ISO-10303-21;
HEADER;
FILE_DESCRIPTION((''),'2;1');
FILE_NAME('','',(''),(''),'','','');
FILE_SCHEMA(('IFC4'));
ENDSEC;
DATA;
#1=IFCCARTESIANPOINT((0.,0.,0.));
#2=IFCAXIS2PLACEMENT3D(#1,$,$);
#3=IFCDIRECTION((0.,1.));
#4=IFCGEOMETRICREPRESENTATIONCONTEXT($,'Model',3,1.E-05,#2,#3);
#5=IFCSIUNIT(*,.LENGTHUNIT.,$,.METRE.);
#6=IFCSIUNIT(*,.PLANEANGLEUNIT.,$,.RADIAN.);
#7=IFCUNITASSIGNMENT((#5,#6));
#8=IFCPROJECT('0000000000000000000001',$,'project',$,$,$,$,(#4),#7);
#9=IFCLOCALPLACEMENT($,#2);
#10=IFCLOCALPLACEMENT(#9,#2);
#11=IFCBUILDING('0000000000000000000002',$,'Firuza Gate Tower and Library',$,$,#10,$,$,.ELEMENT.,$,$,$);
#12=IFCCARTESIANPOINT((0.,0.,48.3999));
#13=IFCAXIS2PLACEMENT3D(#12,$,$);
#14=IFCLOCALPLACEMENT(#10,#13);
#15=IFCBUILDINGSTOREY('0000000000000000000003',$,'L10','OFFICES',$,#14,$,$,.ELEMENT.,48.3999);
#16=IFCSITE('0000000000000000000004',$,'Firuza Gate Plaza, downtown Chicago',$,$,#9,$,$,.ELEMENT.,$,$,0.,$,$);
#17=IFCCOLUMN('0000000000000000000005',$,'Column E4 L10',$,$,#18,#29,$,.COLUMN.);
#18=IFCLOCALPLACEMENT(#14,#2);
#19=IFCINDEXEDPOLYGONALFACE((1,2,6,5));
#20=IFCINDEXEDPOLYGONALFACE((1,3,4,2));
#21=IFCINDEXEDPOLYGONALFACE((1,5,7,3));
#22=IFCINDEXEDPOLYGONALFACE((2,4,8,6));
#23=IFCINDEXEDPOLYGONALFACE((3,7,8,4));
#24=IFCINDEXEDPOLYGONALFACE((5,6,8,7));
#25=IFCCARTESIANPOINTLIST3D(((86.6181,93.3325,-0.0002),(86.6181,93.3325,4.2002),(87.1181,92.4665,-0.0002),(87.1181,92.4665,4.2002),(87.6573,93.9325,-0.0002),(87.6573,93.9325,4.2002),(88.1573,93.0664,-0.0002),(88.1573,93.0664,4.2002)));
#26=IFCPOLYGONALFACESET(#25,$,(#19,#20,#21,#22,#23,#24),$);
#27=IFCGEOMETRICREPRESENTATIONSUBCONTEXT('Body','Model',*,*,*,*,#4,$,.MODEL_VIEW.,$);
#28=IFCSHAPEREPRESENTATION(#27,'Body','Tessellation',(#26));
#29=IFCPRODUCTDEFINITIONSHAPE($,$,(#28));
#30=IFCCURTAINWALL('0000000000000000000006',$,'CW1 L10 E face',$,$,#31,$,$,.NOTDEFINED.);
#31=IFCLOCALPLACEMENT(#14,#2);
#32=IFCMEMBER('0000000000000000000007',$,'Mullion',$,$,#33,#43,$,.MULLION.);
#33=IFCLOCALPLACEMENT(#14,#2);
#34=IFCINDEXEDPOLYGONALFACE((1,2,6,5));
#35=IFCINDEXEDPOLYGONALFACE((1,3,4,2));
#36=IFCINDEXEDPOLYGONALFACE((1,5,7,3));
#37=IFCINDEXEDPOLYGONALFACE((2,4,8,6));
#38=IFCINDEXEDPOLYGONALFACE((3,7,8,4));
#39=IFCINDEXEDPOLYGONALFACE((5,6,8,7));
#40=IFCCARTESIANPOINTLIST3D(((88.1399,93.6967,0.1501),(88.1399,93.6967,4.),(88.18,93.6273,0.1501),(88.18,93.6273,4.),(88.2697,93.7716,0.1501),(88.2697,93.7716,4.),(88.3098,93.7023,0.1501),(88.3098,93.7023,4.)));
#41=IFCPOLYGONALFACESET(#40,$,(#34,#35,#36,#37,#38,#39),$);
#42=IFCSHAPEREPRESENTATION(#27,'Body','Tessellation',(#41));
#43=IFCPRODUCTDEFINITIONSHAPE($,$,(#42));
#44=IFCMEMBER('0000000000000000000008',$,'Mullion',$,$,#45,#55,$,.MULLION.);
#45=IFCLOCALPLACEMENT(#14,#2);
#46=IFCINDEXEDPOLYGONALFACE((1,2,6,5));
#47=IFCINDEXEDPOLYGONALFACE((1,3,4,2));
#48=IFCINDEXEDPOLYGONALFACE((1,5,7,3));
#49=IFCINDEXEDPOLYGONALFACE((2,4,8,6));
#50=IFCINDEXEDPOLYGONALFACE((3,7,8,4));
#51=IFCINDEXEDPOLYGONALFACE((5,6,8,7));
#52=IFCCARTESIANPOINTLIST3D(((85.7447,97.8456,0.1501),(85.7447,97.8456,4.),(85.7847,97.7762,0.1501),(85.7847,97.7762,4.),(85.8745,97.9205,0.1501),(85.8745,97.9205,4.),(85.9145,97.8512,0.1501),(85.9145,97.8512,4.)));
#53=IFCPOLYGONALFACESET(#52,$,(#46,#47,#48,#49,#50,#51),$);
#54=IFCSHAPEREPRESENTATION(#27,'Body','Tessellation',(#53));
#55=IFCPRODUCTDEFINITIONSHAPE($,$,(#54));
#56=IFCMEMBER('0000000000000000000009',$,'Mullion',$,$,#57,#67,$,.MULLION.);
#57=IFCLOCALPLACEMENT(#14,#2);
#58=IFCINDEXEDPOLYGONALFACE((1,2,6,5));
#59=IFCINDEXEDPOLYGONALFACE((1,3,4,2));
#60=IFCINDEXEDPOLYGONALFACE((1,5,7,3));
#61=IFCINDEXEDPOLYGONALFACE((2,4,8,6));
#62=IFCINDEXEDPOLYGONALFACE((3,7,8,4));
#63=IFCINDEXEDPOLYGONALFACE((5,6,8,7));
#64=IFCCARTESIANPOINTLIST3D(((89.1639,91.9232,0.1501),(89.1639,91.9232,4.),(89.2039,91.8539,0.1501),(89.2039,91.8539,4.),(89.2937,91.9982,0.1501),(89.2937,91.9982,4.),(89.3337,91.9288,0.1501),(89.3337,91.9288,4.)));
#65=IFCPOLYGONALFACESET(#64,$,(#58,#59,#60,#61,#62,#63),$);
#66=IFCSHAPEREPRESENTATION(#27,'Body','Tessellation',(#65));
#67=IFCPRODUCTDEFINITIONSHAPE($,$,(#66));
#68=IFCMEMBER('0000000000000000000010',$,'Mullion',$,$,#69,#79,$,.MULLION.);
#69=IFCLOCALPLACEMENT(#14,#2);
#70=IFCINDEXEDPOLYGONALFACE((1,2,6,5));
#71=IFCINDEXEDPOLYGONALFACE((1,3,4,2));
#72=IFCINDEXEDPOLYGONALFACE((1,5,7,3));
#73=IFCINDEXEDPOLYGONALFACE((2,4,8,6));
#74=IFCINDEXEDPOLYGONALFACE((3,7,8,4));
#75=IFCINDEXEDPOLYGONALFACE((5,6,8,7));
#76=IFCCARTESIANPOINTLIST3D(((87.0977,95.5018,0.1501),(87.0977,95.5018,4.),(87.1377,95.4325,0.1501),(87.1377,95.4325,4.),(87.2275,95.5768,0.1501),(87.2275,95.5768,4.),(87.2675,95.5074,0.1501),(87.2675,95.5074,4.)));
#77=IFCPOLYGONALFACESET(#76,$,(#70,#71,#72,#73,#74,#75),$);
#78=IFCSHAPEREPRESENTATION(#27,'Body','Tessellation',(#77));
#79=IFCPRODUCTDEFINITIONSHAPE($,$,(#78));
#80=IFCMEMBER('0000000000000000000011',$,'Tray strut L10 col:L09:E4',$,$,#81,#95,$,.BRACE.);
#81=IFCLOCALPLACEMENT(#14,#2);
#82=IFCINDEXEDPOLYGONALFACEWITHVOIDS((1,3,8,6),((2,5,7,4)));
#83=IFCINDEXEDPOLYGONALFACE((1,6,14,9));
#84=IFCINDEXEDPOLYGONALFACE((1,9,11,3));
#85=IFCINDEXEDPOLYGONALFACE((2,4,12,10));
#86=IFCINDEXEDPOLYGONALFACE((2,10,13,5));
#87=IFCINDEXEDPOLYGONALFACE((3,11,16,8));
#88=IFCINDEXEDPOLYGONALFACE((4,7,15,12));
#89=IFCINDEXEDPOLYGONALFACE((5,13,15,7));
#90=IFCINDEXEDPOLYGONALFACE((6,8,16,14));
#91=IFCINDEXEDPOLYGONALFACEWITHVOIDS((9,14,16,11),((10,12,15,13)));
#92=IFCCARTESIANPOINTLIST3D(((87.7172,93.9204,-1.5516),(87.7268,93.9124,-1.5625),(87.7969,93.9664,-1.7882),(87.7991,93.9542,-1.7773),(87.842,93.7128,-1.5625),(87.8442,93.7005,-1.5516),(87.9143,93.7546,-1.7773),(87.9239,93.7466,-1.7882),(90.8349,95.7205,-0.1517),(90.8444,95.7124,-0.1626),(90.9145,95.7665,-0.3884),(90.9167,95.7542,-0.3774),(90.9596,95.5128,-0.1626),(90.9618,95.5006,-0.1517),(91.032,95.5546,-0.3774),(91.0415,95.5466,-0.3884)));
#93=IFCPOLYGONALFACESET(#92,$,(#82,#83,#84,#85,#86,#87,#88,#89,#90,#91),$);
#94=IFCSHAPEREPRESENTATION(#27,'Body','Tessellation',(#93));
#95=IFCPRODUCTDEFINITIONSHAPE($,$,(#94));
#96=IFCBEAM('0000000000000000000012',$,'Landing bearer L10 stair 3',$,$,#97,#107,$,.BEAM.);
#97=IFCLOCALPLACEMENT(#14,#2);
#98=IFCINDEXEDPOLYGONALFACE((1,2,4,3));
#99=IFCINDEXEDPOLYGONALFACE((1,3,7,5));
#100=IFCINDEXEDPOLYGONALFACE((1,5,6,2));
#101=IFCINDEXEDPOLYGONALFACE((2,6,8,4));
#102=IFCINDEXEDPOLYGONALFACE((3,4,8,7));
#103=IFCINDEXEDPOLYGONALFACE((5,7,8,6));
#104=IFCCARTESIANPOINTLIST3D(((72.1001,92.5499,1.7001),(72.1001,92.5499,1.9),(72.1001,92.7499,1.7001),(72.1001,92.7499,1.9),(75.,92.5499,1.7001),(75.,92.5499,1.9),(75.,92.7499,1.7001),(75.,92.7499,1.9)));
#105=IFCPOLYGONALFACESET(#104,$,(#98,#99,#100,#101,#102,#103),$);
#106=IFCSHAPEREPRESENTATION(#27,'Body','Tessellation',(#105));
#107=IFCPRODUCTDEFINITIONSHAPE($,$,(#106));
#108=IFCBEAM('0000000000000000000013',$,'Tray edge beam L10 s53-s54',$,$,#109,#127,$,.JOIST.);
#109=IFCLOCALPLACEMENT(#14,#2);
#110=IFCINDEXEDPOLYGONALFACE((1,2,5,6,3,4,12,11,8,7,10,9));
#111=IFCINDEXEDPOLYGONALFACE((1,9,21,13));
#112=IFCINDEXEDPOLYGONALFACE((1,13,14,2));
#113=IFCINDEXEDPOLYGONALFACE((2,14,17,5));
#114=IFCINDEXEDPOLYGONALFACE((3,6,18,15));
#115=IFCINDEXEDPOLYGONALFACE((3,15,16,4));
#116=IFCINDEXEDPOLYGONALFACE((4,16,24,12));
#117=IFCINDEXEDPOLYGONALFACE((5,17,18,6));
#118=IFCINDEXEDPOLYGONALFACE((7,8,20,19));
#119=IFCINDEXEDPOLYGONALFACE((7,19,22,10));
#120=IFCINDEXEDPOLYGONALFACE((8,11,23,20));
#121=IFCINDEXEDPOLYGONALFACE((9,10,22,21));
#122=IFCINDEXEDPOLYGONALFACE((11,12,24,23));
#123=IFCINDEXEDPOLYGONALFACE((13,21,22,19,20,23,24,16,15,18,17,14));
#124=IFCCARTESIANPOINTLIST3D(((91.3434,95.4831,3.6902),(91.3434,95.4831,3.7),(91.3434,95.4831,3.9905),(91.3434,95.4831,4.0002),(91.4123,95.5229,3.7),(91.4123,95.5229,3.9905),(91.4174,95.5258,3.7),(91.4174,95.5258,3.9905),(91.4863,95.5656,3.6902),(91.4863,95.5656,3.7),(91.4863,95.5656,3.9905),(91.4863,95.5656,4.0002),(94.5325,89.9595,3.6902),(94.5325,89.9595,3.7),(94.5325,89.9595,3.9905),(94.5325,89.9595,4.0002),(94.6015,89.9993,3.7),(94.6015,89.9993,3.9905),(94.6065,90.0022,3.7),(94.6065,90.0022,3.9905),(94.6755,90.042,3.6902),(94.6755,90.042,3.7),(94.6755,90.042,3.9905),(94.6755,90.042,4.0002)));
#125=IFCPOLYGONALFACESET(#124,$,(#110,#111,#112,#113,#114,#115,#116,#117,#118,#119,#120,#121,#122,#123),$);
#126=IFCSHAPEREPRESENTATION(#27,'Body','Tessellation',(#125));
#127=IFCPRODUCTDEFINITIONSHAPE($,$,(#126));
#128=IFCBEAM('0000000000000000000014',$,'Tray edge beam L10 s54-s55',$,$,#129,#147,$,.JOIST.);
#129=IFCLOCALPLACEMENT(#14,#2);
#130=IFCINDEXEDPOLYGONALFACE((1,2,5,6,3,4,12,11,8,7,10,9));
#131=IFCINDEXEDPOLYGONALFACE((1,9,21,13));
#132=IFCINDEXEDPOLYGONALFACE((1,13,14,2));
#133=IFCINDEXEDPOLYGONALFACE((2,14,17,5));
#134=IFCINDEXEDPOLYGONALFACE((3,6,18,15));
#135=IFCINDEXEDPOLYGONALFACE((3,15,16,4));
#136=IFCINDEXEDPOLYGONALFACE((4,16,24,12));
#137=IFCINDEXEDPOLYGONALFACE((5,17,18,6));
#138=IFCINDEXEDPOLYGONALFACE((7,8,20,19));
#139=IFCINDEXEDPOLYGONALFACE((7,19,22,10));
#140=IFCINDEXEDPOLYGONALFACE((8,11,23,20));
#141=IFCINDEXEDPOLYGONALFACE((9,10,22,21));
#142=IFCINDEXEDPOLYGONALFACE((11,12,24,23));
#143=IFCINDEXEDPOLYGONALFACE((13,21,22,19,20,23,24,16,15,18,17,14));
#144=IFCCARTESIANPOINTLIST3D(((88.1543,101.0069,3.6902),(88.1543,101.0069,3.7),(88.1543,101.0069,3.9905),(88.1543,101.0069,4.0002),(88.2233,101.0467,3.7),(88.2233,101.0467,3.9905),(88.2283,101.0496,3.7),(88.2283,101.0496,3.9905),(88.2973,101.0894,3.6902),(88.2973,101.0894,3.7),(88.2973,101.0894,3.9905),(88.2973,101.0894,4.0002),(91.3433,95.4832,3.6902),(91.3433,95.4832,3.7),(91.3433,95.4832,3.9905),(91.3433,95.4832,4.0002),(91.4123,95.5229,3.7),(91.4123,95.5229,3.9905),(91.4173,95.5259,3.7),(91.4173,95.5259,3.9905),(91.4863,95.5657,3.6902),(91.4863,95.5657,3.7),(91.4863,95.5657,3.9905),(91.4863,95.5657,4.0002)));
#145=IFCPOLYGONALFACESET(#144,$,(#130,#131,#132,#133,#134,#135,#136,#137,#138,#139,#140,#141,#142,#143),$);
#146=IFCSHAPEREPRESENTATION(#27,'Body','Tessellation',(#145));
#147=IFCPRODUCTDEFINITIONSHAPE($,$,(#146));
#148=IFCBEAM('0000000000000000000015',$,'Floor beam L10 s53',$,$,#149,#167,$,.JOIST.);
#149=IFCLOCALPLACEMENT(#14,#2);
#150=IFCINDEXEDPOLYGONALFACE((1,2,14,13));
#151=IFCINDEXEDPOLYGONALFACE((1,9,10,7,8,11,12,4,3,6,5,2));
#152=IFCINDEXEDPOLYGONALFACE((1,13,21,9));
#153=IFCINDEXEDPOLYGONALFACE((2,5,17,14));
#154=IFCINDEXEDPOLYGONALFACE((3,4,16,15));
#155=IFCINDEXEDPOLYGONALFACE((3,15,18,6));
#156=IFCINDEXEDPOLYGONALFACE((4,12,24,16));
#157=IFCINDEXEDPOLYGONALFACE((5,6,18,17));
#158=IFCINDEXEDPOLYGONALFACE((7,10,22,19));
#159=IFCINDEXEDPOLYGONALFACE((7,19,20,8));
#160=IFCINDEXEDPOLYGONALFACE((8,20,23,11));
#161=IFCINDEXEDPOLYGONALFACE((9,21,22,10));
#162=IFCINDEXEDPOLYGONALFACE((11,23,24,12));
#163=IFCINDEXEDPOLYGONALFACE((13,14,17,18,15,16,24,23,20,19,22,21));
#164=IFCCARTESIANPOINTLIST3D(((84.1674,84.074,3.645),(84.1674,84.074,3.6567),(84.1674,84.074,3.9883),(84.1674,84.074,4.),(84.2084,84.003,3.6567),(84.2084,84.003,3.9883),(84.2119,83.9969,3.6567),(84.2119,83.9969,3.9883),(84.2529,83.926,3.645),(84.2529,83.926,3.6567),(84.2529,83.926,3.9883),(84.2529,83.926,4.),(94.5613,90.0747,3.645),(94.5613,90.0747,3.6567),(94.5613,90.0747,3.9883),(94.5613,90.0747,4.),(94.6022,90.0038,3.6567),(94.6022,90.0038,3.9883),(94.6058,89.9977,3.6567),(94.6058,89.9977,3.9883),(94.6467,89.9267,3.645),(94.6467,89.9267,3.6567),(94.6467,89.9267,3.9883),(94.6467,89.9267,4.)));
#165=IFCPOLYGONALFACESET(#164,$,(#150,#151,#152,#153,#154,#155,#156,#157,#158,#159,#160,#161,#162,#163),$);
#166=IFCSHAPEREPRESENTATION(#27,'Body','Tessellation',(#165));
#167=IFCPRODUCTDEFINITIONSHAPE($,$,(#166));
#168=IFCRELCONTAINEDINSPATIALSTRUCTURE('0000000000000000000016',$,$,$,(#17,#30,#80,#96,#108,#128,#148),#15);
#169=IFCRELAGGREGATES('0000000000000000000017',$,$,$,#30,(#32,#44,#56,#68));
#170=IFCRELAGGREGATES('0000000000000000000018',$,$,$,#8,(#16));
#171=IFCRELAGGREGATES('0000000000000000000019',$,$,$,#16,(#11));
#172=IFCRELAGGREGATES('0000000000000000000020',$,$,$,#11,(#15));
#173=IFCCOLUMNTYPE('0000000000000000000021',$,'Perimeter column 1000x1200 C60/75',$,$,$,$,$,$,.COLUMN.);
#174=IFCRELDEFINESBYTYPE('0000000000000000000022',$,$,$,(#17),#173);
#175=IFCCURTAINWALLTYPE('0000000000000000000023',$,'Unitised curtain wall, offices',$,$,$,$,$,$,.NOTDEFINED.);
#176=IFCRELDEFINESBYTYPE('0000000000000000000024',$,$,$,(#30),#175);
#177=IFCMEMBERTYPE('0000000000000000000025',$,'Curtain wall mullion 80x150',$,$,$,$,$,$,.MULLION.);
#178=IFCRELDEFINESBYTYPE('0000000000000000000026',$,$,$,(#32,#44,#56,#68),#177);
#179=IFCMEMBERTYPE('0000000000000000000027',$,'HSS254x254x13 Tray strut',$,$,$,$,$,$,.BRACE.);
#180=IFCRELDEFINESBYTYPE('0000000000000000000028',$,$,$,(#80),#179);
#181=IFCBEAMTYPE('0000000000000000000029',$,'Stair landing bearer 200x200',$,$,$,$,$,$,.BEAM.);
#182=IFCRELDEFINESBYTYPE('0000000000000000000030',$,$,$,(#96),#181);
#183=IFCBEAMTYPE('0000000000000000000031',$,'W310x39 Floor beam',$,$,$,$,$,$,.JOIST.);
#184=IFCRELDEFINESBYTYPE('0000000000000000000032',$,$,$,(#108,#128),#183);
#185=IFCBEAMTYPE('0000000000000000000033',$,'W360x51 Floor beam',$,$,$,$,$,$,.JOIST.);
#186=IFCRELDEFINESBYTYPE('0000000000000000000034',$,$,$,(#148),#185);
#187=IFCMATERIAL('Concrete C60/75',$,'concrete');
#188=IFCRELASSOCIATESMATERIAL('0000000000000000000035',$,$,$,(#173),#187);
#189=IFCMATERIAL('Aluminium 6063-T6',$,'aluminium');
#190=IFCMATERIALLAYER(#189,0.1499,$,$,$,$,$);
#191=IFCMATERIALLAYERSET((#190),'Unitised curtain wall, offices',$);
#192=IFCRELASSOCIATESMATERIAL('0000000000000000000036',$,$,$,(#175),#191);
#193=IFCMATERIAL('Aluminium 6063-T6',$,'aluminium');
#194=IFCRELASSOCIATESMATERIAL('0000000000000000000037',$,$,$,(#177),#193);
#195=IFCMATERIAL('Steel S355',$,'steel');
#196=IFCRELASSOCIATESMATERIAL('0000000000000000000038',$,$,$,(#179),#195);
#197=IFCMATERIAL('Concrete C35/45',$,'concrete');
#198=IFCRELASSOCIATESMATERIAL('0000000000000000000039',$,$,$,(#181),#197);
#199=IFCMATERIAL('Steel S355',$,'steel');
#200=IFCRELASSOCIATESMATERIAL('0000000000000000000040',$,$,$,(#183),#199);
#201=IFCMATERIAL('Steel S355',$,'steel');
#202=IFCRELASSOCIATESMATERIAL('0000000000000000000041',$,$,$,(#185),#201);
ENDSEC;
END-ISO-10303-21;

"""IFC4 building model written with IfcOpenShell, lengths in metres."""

from ifc_helpers import new_model, si_unit, direction, frame, origin, origin_2d, place, context, subcontext, project, spatial, rectangle, hollow_rectangle, i_section, extrude, material, layer, layer_set, material_profile, profile_set, type_object, element, aggregate, save


model = new_model("IFC4")

# Units and contexts
model_context = context("Model", 3, precision=1e-05, world=origin(), true_north=direction((0.0, 1.0)))
body_context = subcontext(model_context, "Body", "Model", "MODEL_VIEW")
ifc_project = project(units=[si_unit("LENGTHUNIT", "METRE"), si_unit("PLANEANGLEUNIT", "RADIAN")], contexts=[model_context])

# Site, building, storey
site_placement = place(None, origin())
site = spatial("IfcSite", under=ifc_project, at=site_placement, Name="Firuza Gate Plaza, downtown Chicago", CompositionType="ELEMENT", RefElevation=0.0)
building_placement = place(site_placement, origin())
building = spatial("IfcBuilding", under=site, at=building_placement, Name="Firuza Gate Tower and Library", CompositionType="ELEMENT")
storey_placement = place(building_placement, frame((0.0, 0.0, 48.3999)))
storey = spatial("IfcBuildingStorey", under=building, at=storey_placement, Name="L10", Description="OFFICES", CompositionType="ELEMENT", Elevation=48.3999)

# Column
ifc_material_1 = material(Name="Concrete C60/75", Category="concrete")
ifc_material_profile_1 = material_profile(ifc_material_1, rectangle(XDim=1.0, YDim=1.2, at=origin_2d()))
ifc_profile_set_1 = profile_set([ifc_material_profile_1], Name="Concrete C60/75")
column_type = type_object("IfcColumnType", Name="Perimeter column 1000x1200 C60/75", PredefinedType="COLUMN", material=ifc_profile_set_1)
column_placement = place(storey_placement, frame((87.3877, 93.1995, -0.0002), z_axis=(0.0, 0.0, 1.0), x_axis=(-0.5, 0.866025, 0.0)))
element("IfcColumn", 1, at=column_placement, inside=storey, type_object=column_type, Name="Column E4 L10", PredefinedType="COLUMN", context=body_context, shape_type="SweptSolid", body=[
    extrude(rectangle(XDim=1.0, YDim=1.2, at=origin_2d()), origin(), (0.0, 0.0, 1.0), 4.2004),
])

# Curtain wall, members
ifc_material_2 = material(Name="Aluminium 6063-T6", Category="aluminium")
ifc_layer_1 = layer(ifc_material_2, 0.1499)
ifc_layer_set_1 = layer_set([ifc_layer_1], Name="Unitised curtain wall, offices")
curtain_wall_type = type_object("IfcCurtainWallType", Name="Unitised curtain wall, offices", PredefinedType="NOTDEFINED", material=ifc_layer_set_1)
curtain_wall_placement = place(storey_placement, origin())
curtain_wall = element("IfcCurtainWall", 2, at=curtain_wall_placement, inside=storey, type_object=curtain_wall_type, Name="CW1 L10 E face", PredefinedType="NOTDEFINED")
ifc_material_3 = material(Name="Aluminium 6063-T6", Category="aluminium")
ifc_material_profile_2 = material_profile(ifc_material_3, rectangle(XDim=0.1499, YDim=0.0801, at=origin_2d()))
ifc_profile_set_2 = profile_set([ifc_material_profile_2], Name="Aluminium 6063-T6")
member_type_1 = type_object("IfcMemberType", Name="Curtain wall mullion 80x150", PredefinedType="MULLION", material=ifc_profile_set_2)
member_1_placement = place(storey_placement, frame((88.2249, 93.6995, 0.1501), z_axis=(0.0, 0.0, 1.0), x_axis=(-0.866025, -0.5, 0.0)))
member_1 = element("IfcMember", 3, at=member_1_placement, type_object=member_type_1, Name="Mullion", PredefinedType="MULLION", context=body_context, shape_type="SweptSolid", body=[
    extrude(rectangle(XDim=0.1499, YDim=0.0801, at=origin_2d()), origin(), (0.0, 0.0, 1.0), 3.8499),
])
member_2_placement = place(storey_placement, frame((85.8296, 97.8484, 0.1501), z_axis=(0.0, 0.0, 1.0), x_axis=(-0.866025, -0.5, 0.0)))
member_2 = element("IfcMember", 4, at=member_2_placement, type_object=member_type_1, Name="Mullion", PredefinedType="MULLION", context=body_context, shape_type="SweptSolid", body=[
    extrude(rectangle(XDim=0.1499, YDim=0.0801, at=origin_2d()), origin(), (0.0, 0.0, 1.0), 3.8499),
])
member_3_placement = place(storey_placement, frame((89.2488, 91.926, 0.1501), z_axis=(0.0, 0.0, 1.0), x_axis=(-0.866025, -0.5, 0.0)))
member_3 = element("IfcMember", 5, at=member_3_placement, type_object=member_type_1, Name="Mullion", PredefinedType="MULLION", context=body_context, shape_type="SweptSolid", body=[
    extrude(rectangle(XDim=0.1499, YDim=0.0801, at=origin_2d()), origin(), (0.0, 0.0, 1.0), 3.8499),
])
member_4_placement = place(storey_placement, frame((87.1826, 95.5046, 0.1501), z_axis=(0.0, 0.0, 1.0), x_axis=(-0.866025, -0.5, 0.0)))
member_4 = element("IfcMember", 6, at=member_4_placement, type_object=member_type_1, Name="Mullion", PredefinedType="MULLION", context=body_context, shape_type="SweptSolid", body=[
    extrude(rectangle(XDim=0.1499, YDim=0.0801, at=origin_2d()), origin(), (0.0, 0.0, 1.0), 3.8499),
])

# Member
ifc_material_4 = material(Name="Steel S355", Category="steel")
ifc_material_profile_3 = material_profile(ifc_material_4, hollow_rectangle(XDim=0.2539, YDim=0.2539, WallThickness=0.0117, at=origin_2d()))
ifc_profile_set_3 = profile_set([ifc_material_profile_3], Name="Steel S355")
member_type_2 = type_object("IfcMemberType", Name="HSS254x254x13 Tray strut", PredefinedType="BRACE", material=ifc_profile_set_3)
member_5_placement = place(storey_placement, frame((87.8206, 93.8335, -1.6699), z_axis=(0.807141, 0.466018, 0.362423), x_axis=(-0.500012, 0.866018, 0.0)))
element("IfcMember", 7, at=member_5_placement, inside=storey, type_object=member_type_2, Name="Tray strut L10 col:L09:E4", PredefinedType="BRACE", context=body_context, shape_type="SweptSolid", body=[
    extrude(hollow_rectangle(XDim=0.2539, YDim=0.2539, WallThickness=0.0117, at=origin_2d()), origin(), (0.0, 0.0, 1.0), 3.8625),
])

# Beams
ifc_material_5 = material(Name="Concrete C35/45", Category="concrete")
ifc_material_profile_4 = material_profile(ifc_material_5, rectangle(XDim=0.2, YDim=0.2, at=origin_2d()))
ifc_profile_set_4 = profile_set([ifc_material_profile_4], Name="Concrete C35/45")
beam_type_1 = type_object("IfcBeamType", Name="Stair landing bearer 200x200", PredefinedType="BEAM", material=ifc_profile_set_4)
beam_1_placement = place(storey_placement, frame((75.0, 92.6499, 1.8), z_axis=(-1.0, 0.0, 0.0), x_axis=(0.0, -1.0, 0.0)))
element("IfcBeam", 8, at=beam_1_placement, inside=storey, type_object=beam_type_1, Name="Landing bearer L10 stair 3", PredefinedType="BEAM", context=body_context, shape_type="SweptSolid", body=[
    extrude(rectangle(XDim=0.2, YDim=0.2, at=origin_2d()), origin(), (0.0, 0.0, 1.0), 2.8999),
])
ifc_material_6 = material(Name="Steel S355", Category="steel")
ifc_material_profile_5 = material_profile(ifc_material_6, i_section(OverallWidth=0.165, OverallDepth=0.3101, WebThickness=0.0059, FlangeThickness=0.0098, at=origin_2d()))
ifc_profile_set_5 = profile_set([ifc_material_profile_5], Name="Steel S355")
beam_type_2 = type_object("IfcBeamType", Name="W310x39 Floor beam", PredefinedType="JOIST", material=ifc_profile_set_5)
for number, where, z_axis, x_axis, name in (
    (9, (94.604, 90.0007, 3.8452), (-0.500013, 0.866018, 0.0), (-0.866018, -0.500013, 0.0), "Tray edge beam L10 s53-s54"),
    (10, (91.4148, 95.5244, 3.8452), (-0.499984, 0.866035, 0.0), (-0.866035, -0.499984, 0.0), "Tray edge beam L10 s54-s55"),
):
    element("IfcBeam", number, at=place(storey_placement, frame(where, z_axis=z_axis, x_axis=x_axis)), inside=storey, type_object=beam_type_2, Name=name, PredefinedType="JOIST", context=body_context, shape_type="SweptSolid", body=[
        extrude(i_section(OverallWidth=0.165, OverallDepth=0.3101, WebThickness=0.0059, FlangeThickness=0.0098, at=origin_2d()), origin(), (0.0, 0.0, 1.0), 6.3782),
    ])
ifc_material_7 = material(Name="Steel S355", Category="steel")
ifc_material_profile_6 = material_profile(ifc_material_7, i_section(OverallWidth=0.1709, OverallDepth=0.355, WebThickness=0.0071, FlangeThickness=0.0117, at=origin_2d()))
ifc_profile_set_6 = profile_set([ifc_material_profile_6], Name="Steel S355")
beam_type_3 = type_object("IfcBeamType", Name="W360x51 Floor beam", PredefinedType="JOIST", material=ifc_profile_set_6)
beam_2_placement = place(storey_placement, frame((94.604, 90.0007, 3.8225), z_axis=(-0.86603, -0.499992, 0.0), x_axis=(0.499992, -0.86603, 0.0)))
element("IfcBeam", 11, at=beam_2_placement, inside=storey, type_object=beam_type_3, Name="Floor beam L10 s53", PredefinedType="JOIST", context=body_context, shape_type="SweptSolid", body=[
    extrude(i_section(OverallWidth=0.1709, OverallDepth=0.355, WebThickness=0.0071, FlangeThickness=0.0117, at=origin_2d()), origin(), (0.0, 0.0, 1.0), 12.0017),
])

aggregate(curtain_wall, [member_1, member_2, member_3, member_4])

save(model, "model.ifc")
